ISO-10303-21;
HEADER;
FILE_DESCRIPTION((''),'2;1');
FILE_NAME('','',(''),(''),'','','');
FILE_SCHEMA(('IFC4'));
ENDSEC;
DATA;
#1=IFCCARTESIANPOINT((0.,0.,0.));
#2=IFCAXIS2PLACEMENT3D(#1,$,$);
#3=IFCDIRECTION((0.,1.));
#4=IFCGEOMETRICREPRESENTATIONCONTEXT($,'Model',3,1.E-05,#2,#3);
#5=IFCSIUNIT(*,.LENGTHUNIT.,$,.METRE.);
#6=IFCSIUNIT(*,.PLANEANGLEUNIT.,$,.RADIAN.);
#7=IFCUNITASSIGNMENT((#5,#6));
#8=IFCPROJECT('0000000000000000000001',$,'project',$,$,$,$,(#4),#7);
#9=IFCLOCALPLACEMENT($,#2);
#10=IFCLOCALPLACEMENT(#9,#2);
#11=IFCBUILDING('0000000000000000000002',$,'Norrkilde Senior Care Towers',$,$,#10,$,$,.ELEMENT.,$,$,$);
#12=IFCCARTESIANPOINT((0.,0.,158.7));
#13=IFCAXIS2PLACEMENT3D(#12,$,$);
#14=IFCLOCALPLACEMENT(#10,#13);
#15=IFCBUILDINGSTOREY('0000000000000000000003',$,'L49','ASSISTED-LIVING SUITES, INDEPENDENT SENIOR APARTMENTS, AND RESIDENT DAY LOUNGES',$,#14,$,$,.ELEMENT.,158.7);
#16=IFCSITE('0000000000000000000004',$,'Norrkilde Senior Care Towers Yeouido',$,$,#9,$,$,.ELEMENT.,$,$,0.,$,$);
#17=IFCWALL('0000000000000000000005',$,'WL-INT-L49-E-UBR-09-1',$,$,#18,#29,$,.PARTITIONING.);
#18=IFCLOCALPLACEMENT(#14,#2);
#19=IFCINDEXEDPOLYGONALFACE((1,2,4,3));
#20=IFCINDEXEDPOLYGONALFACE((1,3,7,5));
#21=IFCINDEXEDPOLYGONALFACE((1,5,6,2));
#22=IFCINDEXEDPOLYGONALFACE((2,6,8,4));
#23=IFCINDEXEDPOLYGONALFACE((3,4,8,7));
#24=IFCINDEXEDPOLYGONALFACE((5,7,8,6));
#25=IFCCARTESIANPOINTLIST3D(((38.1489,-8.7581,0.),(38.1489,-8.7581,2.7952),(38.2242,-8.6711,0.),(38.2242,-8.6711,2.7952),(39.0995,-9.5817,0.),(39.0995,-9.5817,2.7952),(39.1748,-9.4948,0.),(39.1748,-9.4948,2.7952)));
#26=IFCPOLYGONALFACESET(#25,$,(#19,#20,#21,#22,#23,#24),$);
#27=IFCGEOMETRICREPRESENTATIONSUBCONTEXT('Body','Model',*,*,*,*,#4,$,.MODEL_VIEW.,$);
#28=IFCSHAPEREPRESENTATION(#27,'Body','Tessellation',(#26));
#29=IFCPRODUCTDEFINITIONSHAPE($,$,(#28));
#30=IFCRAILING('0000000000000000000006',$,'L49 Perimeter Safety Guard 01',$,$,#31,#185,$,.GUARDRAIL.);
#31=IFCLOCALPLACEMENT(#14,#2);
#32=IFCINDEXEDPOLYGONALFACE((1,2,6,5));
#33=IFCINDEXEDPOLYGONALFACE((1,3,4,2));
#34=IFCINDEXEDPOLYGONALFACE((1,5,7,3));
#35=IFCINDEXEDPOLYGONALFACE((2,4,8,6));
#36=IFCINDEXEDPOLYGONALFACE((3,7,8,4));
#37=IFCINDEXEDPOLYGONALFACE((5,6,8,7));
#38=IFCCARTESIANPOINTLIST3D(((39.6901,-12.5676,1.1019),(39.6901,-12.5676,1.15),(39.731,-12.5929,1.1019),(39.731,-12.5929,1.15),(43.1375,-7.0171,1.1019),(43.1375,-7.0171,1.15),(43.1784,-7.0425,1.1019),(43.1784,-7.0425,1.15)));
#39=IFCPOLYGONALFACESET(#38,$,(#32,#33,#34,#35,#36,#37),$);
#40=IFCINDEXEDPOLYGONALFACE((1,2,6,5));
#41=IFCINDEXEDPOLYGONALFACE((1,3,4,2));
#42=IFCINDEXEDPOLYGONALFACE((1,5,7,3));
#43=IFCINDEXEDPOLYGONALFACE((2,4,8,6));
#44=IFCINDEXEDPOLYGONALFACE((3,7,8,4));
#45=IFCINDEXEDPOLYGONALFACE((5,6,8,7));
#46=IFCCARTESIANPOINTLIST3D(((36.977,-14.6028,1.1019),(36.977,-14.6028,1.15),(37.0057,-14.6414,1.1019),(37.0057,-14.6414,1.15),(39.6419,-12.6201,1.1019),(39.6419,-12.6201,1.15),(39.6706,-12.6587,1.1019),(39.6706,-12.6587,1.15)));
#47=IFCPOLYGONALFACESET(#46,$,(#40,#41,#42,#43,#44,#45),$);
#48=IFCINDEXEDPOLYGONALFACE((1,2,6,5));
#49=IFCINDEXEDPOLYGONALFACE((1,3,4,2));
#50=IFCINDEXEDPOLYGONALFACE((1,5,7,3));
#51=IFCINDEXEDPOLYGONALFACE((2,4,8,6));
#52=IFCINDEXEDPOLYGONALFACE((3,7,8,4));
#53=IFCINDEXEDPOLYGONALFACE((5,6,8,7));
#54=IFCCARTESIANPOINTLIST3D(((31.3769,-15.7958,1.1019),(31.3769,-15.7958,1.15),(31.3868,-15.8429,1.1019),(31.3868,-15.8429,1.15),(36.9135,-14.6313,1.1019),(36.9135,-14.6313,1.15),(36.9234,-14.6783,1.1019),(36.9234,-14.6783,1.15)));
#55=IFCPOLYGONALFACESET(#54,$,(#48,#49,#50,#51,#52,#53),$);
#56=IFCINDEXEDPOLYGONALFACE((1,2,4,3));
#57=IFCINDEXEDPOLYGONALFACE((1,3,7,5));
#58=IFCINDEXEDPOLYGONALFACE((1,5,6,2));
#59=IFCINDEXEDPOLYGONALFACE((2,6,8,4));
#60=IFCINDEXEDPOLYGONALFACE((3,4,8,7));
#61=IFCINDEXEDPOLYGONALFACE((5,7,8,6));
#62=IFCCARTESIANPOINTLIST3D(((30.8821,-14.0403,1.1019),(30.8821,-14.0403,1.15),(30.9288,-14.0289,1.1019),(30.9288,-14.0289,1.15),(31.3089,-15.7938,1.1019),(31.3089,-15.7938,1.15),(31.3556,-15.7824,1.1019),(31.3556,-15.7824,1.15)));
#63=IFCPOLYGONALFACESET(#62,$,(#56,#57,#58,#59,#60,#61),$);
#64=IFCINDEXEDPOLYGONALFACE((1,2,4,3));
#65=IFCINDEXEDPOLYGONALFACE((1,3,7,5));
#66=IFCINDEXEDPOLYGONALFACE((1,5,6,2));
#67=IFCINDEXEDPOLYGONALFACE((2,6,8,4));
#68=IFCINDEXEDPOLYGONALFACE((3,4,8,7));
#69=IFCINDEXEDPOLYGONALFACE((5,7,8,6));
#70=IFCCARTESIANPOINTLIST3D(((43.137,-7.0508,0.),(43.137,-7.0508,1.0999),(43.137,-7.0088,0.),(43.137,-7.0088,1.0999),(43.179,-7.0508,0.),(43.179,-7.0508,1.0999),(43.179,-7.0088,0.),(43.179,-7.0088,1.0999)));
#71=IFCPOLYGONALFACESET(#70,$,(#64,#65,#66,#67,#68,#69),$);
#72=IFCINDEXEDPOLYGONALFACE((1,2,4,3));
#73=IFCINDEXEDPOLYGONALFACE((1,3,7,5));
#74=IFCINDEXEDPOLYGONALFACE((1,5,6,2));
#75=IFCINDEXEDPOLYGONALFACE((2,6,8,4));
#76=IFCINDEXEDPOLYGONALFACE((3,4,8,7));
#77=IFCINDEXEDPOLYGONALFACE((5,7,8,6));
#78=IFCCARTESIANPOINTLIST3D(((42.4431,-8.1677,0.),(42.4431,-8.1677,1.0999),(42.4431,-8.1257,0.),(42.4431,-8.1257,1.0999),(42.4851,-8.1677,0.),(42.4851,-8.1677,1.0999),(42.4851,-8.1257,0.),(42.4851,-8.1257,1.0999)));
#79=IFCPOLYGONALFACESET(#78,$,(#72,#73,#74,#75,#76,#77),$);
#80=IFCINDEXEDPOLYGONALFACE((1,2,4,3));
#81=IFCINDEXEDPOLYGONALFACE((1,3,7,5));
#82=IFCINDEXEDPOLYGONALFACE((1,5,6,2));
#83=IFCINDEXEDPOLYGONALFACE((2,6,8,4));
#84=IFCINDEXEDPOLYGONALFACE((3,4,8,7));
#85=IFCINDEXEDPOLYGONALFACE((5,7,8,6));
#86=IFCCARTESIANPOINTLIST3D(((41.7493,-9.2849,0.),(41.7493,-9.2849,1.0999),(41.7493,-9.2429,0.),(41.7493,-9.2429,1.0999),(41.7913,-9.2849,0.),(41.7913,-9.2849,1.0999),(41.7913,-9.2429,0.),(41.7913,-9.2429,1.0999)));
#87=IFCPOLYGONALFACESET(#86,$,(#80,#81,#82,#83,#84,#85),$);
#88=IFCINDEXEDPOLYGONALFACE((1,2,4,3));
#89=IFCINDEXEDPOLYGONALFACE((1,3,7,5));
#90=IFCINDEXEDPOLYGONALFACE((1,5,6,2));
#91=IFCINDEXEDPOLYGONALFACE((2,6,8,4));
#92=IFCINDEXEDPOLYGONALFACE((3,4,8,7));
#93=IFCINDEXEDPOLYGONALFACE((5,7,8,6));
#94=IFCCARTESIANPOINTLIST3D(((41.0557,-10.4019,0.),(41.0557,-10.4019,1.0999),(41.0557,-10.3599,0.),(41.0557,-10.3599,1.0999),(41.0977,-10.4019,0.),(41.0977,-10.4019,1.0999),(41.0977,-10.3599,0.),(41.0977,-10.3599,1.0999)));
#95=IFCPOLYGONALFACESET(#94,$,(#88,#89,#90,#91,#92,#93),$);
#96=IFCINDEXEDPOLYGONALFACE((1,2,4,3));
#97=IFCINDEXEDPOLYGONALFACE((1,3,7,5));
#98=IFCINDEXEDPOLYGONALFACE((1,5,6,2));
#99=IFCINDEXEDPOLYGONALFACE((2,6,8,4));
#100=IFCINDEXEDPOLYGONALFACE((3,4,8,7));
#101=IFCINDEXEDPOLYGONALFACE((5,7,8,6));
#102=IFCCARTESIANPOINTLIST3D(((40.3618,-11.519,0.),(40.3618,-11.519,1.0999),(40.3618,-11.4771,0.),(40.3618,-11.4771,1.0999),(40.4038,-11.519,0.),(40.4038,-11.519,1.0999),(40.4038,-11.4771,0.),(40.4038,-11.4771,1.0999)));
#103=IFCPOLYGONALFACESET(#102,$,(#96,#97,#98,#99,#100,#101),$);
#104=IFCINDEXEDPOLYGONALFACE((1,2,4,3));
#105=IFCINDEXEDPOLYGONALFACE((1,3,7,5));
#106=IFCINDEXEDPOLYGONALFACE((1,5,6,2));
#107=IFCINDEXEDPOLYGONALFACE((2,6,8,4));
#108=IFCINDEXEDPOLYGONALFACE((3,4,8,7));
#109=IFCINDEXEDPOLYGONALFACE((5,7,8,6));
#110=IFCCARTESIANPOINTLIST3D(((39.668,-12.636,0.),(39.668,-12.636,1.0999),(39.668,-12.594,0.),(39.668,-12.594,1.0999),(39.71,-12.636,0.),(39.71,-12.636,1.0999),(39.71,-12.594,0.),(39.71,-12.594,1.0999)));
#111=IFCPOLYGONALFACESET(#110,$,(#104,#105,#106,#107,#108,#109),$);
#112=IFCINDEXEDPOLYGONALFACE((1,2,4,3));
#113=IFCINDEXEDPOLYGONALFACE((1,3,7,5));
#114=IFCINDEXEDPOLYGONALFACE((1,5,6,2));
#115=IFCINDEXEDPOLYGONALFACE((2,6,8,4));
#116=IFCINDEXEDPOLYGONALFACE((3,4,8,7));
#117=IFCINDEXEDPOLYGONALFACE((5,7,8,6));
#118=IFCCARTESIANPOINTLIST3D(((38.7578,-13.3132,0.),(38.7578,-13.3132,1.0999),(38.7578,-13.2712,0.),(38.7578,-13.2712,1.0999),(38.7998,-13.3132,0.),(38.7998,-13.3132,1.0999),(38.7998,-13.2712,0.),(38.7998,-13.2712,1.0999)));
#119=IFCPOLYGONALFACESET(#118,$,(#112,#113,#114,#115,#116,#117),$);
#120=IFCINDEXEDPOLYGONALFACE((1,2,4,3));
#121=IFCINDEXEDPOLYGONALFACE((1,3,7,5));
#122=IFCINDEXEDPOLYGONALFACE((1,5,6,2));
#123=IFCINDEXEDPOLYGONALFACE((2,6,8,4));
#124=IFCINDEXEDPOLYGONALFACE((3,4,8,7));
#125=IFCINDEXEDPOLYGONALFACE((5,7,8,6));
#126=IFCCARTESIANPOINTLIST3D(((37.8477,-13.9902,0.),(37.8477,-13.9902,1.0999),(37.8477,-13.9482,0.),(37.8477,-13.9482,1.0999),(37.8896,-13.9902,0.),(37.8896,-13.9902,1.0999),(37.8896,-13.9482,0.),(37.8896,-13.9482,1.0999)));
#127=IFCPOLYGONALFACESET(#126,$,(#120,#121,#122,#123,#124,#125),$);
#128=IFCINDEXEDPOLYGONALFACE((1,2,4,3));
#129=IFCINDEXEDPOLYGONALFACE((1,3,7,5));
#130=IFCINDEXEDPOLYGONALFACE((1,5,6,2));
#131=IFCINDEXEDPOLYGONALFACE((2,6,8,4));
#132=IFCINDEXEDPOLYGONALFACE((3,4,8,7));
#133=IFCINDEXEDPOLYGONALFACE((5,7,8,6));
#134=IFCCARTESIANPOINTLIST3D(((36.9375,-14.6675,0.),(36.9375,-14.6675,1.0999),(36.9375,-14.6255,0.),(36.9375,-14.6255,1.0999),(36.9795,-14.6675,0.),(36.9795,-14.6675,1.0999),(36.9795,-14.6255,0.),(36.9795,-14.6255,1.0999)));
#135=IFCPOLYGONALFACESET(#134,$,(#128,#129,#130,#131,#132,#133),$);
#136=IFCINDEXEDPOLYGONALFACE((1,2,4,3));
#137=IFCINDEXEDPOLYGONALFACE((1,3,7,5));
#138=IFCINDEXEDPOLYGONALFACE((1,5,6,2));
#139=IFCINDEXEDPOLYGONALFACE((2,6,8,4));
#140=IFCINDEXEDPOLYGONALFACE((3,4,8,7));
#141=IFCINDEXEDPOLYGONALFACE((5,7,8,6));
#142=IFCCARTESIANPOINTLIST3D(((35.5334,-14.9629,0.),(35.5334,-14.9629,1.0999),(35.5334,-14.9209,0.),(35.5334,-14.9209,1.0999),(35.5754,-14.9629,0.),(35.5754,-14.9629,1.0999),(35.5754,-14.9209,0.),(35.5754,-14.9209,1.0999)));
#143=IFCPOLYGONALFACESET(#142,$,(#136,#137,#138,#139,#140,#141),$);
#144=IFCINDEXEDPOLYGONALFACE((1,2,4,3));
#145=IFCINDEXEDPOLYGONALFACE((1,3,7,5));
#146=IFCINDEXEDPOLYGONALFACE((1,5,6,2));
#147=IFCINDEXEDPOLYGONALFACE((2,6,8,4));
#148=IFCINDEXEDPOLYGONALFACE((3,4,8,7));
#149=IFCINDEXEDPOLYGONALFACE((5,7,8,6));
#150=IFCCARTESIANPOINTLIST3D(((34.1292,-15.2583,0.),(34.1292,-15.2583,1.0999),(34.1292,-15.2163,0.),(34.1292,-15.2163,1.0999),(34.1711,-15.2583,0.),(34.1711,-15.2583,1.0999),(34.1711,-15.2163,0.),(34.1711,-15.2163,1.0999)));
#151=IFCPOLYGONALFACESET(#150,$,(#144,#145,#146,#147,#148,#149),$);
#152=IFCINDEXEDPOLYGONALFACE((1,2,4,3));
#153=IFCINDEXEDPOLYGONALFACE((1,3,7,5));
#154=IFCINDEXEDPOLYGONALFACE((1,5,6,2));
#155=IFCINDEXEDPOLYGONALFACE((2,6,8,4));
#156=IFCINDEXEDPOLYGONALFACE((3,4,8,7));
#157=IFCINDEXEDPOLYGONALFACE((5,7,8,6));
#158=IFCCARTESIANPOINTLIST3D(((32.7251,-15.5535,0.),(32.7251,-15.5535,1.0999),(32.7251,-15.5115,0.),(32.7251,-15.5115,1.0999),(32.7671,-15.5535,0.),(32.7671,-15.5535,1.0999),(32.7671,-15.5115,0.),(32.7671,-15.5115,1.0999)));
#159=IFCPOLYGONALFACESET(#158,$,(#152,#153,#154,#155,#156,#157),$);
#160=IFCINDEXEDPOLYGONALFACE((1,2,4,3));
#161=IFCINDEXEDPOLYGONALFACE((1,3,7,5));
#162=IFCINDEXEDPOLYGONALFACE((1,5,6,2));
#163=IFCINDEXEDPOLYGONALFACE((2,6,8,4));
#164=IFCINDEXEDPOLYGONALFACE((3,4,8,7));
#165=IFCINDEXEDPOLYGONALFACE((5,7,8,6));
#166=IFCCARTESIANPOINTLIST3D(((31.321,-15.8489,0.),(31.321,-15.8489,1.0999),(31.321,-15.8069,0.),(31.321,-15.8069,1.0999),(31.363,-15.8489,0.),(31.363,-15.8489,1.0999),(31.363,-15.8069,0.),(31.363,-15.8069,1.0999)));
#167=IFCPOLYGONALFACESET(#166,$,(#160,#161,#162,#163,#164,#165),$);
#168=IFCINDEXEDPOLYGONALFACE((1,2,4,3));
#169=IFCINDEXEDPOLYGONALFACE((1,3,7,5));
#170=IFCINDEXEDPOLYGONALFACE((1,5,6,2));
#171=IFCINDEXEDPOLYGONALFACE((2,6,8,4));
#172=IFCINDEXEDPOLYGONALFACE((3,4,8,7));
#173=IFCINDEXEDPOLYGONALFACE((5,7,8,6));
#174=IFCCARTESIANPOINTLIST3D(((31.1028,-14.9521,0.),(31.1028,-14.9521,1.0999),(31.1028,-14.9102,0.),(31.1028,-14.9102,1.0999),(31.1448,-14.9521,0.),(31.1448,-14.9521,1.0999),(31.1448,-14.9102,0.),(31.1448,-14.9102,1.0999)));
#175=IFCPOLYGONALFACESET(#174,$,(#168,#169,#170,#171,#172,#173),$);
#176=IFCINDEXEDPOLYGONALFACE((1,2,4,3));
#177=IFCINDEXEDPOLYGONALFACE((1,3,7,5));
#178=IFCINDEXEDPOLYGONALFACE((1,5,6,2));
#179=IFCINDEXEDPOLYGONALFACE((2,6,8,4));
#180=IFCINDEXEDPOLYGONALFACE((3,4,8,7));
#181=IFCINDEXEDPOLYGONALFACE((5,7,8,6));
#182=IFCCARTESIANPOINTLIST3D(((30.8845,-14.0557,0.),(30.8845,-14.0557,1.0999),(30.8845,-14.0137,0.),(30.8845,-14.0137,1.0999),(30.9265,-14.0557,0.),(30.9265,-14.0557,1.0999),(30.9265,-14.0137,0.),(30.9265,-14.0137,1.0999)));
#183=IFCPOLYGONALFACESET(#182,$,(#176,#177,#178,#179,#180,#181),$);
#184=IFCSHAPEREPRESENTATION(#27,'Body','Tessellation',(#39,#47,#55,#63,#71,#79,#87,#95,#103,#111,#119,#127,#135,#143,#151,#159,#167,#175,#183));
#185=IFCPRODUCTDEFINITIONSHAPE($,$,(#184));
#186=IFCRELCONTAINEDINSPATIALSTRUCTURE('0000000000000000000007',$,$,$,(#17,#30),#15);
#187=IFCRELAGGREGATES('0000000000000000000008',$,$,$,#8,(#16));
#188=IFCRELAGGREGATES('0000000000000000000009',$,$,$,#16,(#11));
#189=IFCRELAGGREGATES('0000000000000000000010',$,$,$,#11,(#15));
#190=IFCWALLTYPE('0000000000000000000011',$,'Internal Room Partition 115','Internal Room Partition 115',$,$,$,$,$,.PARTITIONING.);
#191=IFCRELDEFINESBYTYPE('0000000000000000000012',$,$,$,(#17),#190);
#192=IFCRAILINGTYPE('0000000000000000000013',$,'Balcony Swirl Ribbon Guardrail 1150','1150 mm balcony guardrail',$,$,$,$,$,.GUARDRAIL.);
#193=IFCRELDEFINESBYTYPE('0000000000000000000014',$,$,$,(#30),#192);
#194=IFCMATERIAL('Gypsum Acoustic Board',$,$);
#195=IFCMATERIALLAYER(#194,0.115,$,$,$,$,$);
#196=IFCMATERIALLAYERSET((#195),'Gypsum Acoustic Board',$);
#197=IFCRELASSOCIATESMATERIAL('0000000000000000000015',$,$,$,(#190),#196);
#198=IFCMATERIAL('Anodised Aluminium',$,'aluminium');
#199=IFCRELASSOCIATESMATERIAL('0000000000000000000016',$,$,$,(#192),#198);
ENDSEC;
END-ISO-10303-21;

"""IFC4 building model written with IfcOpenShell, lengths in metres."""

from ifc_helpers import new_model, si_unit, direction, frame, frame_2d, origin, origin_2d, place, context, subcontext, project, spatial, rectangle, extrude, source, transform, mapped, material, layer, layer_set, type_object, element, save


model = new_model("IFC4")

# Units and contexts
model_context = context("Model", 3, precision=1e-05, world=origin(), true_north=direction((0.0, 1.0)))
body_context = subcontext(model_context, "Body", "Model", "MODEL_VIEW")
ifc_project = project(units=[si_unit("LENGTHUNIT", "METRE"), si_unit("PLANEANGLEUNIT", "RADIAN")], contexts=[model_context])

# Site, building, storey
site_placement = place(None, origin())
site = spatial("IfcSite", under=ifc_project, at=site_placement, Name="Norrkilde Senior Care Towers Yeouido", CompositionType="ELEMENT", RefElevation=0.0)
building_placement = place(site_placement, origin())
building = spatial("IfcBuilding", under=site, at=building_placement, Name="Norrkilde Senior Care Towers", CompositionType="ELEMENT")
storey_placement = place(building_placement, frame((0.0, 0.0, 158.7)))
storey = spatial("IfcBuildingStorey", under=building, at=storey_placement, Name="L49", Description="ASSISTED-LIVING SUITES, INDEPENDENT SENIOR APARTMENTS, AND RESIDENT DAY LOUNGES", CompositionType="ELEMENT", Elevation=158.7)

# Shared definitions
ifc_material_1 = material(Name="Anodised Aluminium", Category="aluminium")

# Shared definitions
ifc_material_2 = material(Name="Gypsum Acoustic Board")

# Shared definitions
ifc_layer_1 = layer(ifc_material_2, 0.115)
ifc_layer_set_1 = layer_set([ifc_layer_1], Name="Gypsum Acoustic Board")
wall_type_1 = type_object("IfcWallType", Name="Internal Room Partition 115", Description="Internal Room Partition 115", PredefinedType="PARTITIONING", material=ifc_layer_set_1)

# Wall
shared_shape_1 = source(origin(), body_context, "Body", "SweptSolid", [
    extrude(rectangle(XDim=1.2578, YDim=0.115, at=frame_2d((0.6289, 0.0))), origin(), (0.0, 0.0, 1.0), 2.7952),
])
wall_1_placement = place(storey_placement, frame((38.1865, -8.7146, 0.0), z_axis=(0.0, 0.0, 1.0), x_axis=(0.755766, -0.654842, 0.0)))
element("IfcWall", 1, at=wall_1_placement, inside=storey, type_object=wall_type_1, Name="WL-INT-L49-E-UBR-09-1", PredefinedType="PARTITIONING", context=body_context, shape_type="MappedRepresentation", body=[
    mapped(shared_shape_1, transform((0.0, 0.0, 0.0), x_axis=(1.0, 0.0, 0.0), y_axis=(0.0, 1.0, 0.0), z_axis=(0.0, 0.0, 1.0), scale=1.0)),
])

# Railing
railing_type = type_object("IfcRailingType", Name="Balcony Swirl Ribbon Guardrail 1150", Description="1150 mm balcony guardrail", PredefinedType="GUARDRAIL", material=ifc_material_1)
railing_placement = place(storey_placement, frame((43.158, -7.0298, 0.0)))
element("IfcRailing", 2, at=railing_placement, inside=storey, type_object=railing_type, Name="L49 Perimeter Safety Guard 01", PredefinedType="GUARDRAIL", context=body_context, shape_type="SweptSolid", body=[
    extrude(rectangle(XDim=0.0481, YDim=0.0481, at=origin_2d()), frame((0.0, 0.0, 1.126), z_axis=(-0.527617, -0.849482, 0.0), x_axis=(0.849482, -0.527617, 0.0)), (0.0, 0.0, 1.0), 6.5339),
    extrude(rectangle(XDim=0.0481, YDim=0.0481, at=origin_2d()), frame((-3.5017, -5.6096, 1.126), z_axis=(-0.802301, -0.59692, 0.0), x_axis=(0.59692, -0.802301, 0.0)), (0.0, 0.0, 1.0), 3.3215),
    extrude(rectangle(XDim=0.0481, YDim=0.0481, at=origin_2d()), frame((-6.2395, -7.625, 1.126), z_axis=(-0.978585, -0.205841, 0.0), x_axis=(0.205841, -0.978585, 0.0)), (0.0, 0.0, 1.0), 5.6577),
    extrude(rectangle(XDim=0.0481, YDim=0.0481, at=origin_2d()), frame((-11.8257, -8.7583, 1.126), z_axis=(-0.236524, 0.971626, 0.0), x_axis=(-0.971626, -0.236524, 0.0)), (0.0, 0.0, 1.0), 1.8047),
    extrude(rectangle(XDim=0.042, YDim=0.042, at=origin_2d()), origin(), (0.0, 0.0, 1.0), 1.0999),
    extrude(rectangle(XDim=0.042, YDim=0.042, at=origin_2d()), frame((-0.6938, -1.1169, 0.0)), (0.0, 0.0, 1.0), 1.0999),
    extrude(rectangle(XDim=0.042, YDim=0.042, at=origin_2d()), frame((-1.3877, -2.2341, 0.0)), (0.0, 0.0, 1.0), 1.0999),
    extrude(rectangle(XDim=0.042, YDim=0.042, at=origin_2d()), frame((-2.0813, -3.3511, 0.0)), (0.0, 0.0, 1.0), 1.0999),
    extrude(rectangle(XDim=0.042, YDim=0.042, at=origin_2d()), frame((-2.7751, -4.4683, 0.0)), (0.0, 0.0, 1.0), 1.0999),
    extrude(rectangle(XDim=0.042, YDim=0.042, at=origin_2d()), frame((-3.469, -5.5852, 0.0)), (0.0, 0.0, 1.0), 1.0999),
    extrude(rectangle(XDim=0.042, YDim=0.042, at=origin_2d()), frame((-4.3792, -6.2625, 0.0)), (0.0, 0.0, 1.0), 1.0999),
    extrude(rectangle(XDim=0.042, YDim=0.042, at=origin_2d()), frame((-5.2893, -6.9395, 0.0)), (0.0, 0.0, 1.0), 1.0999),
    extrude(rectangle(XDim=0.042, YDim=0.042, at=origin_2d()), frame((-6.1995, -7.6167, 0.0)), (0.0, 0.0, 1.0), 1.0999),
    extrude(rectangle(XDim=0.042, YDim=0.042, at=origin_2d()), frame((-7.6035, -7.9121, 0.0)), (0.0, 0.0, 1.0), 1.0999),
    extrude(rectangle(XDim=0.042, YDim=0.042, at=origin_2d()), frame((-9.0078, -8.2075, 0.0)), (0.0, 0.0, 1.0), 1.0999),
    extrude(rectangle(XDim=0.042, YDim=0.042, at=origin_2d()), frame((-10.4119, -8.5027, 0.0)), (0.0, 0.0, 1.0), 1.0999),
    extrude(rectangle(XDim=0.042, YDim=0.042, at=origin_2d()), frame((-11.8159, -8.7981, 0.0)), (0.0, 0.0, 1.0), 1.0999),
    extrude(rectangle(XDim=0.042, YDim=0.042, at=origin_2d()), frame((-12.0342, -7.9014, 0.0)), (0.0, 0.0, 1.0), 1.0999),
    extrude(rectangle(XDim=0.042, YDim=0.042, at=origin_2d()), frame((-12.2524, -7.0049, 0.0)), (0.0, 0.0, 1.0), 1.0999),
])

save(model, "model.ifc")
